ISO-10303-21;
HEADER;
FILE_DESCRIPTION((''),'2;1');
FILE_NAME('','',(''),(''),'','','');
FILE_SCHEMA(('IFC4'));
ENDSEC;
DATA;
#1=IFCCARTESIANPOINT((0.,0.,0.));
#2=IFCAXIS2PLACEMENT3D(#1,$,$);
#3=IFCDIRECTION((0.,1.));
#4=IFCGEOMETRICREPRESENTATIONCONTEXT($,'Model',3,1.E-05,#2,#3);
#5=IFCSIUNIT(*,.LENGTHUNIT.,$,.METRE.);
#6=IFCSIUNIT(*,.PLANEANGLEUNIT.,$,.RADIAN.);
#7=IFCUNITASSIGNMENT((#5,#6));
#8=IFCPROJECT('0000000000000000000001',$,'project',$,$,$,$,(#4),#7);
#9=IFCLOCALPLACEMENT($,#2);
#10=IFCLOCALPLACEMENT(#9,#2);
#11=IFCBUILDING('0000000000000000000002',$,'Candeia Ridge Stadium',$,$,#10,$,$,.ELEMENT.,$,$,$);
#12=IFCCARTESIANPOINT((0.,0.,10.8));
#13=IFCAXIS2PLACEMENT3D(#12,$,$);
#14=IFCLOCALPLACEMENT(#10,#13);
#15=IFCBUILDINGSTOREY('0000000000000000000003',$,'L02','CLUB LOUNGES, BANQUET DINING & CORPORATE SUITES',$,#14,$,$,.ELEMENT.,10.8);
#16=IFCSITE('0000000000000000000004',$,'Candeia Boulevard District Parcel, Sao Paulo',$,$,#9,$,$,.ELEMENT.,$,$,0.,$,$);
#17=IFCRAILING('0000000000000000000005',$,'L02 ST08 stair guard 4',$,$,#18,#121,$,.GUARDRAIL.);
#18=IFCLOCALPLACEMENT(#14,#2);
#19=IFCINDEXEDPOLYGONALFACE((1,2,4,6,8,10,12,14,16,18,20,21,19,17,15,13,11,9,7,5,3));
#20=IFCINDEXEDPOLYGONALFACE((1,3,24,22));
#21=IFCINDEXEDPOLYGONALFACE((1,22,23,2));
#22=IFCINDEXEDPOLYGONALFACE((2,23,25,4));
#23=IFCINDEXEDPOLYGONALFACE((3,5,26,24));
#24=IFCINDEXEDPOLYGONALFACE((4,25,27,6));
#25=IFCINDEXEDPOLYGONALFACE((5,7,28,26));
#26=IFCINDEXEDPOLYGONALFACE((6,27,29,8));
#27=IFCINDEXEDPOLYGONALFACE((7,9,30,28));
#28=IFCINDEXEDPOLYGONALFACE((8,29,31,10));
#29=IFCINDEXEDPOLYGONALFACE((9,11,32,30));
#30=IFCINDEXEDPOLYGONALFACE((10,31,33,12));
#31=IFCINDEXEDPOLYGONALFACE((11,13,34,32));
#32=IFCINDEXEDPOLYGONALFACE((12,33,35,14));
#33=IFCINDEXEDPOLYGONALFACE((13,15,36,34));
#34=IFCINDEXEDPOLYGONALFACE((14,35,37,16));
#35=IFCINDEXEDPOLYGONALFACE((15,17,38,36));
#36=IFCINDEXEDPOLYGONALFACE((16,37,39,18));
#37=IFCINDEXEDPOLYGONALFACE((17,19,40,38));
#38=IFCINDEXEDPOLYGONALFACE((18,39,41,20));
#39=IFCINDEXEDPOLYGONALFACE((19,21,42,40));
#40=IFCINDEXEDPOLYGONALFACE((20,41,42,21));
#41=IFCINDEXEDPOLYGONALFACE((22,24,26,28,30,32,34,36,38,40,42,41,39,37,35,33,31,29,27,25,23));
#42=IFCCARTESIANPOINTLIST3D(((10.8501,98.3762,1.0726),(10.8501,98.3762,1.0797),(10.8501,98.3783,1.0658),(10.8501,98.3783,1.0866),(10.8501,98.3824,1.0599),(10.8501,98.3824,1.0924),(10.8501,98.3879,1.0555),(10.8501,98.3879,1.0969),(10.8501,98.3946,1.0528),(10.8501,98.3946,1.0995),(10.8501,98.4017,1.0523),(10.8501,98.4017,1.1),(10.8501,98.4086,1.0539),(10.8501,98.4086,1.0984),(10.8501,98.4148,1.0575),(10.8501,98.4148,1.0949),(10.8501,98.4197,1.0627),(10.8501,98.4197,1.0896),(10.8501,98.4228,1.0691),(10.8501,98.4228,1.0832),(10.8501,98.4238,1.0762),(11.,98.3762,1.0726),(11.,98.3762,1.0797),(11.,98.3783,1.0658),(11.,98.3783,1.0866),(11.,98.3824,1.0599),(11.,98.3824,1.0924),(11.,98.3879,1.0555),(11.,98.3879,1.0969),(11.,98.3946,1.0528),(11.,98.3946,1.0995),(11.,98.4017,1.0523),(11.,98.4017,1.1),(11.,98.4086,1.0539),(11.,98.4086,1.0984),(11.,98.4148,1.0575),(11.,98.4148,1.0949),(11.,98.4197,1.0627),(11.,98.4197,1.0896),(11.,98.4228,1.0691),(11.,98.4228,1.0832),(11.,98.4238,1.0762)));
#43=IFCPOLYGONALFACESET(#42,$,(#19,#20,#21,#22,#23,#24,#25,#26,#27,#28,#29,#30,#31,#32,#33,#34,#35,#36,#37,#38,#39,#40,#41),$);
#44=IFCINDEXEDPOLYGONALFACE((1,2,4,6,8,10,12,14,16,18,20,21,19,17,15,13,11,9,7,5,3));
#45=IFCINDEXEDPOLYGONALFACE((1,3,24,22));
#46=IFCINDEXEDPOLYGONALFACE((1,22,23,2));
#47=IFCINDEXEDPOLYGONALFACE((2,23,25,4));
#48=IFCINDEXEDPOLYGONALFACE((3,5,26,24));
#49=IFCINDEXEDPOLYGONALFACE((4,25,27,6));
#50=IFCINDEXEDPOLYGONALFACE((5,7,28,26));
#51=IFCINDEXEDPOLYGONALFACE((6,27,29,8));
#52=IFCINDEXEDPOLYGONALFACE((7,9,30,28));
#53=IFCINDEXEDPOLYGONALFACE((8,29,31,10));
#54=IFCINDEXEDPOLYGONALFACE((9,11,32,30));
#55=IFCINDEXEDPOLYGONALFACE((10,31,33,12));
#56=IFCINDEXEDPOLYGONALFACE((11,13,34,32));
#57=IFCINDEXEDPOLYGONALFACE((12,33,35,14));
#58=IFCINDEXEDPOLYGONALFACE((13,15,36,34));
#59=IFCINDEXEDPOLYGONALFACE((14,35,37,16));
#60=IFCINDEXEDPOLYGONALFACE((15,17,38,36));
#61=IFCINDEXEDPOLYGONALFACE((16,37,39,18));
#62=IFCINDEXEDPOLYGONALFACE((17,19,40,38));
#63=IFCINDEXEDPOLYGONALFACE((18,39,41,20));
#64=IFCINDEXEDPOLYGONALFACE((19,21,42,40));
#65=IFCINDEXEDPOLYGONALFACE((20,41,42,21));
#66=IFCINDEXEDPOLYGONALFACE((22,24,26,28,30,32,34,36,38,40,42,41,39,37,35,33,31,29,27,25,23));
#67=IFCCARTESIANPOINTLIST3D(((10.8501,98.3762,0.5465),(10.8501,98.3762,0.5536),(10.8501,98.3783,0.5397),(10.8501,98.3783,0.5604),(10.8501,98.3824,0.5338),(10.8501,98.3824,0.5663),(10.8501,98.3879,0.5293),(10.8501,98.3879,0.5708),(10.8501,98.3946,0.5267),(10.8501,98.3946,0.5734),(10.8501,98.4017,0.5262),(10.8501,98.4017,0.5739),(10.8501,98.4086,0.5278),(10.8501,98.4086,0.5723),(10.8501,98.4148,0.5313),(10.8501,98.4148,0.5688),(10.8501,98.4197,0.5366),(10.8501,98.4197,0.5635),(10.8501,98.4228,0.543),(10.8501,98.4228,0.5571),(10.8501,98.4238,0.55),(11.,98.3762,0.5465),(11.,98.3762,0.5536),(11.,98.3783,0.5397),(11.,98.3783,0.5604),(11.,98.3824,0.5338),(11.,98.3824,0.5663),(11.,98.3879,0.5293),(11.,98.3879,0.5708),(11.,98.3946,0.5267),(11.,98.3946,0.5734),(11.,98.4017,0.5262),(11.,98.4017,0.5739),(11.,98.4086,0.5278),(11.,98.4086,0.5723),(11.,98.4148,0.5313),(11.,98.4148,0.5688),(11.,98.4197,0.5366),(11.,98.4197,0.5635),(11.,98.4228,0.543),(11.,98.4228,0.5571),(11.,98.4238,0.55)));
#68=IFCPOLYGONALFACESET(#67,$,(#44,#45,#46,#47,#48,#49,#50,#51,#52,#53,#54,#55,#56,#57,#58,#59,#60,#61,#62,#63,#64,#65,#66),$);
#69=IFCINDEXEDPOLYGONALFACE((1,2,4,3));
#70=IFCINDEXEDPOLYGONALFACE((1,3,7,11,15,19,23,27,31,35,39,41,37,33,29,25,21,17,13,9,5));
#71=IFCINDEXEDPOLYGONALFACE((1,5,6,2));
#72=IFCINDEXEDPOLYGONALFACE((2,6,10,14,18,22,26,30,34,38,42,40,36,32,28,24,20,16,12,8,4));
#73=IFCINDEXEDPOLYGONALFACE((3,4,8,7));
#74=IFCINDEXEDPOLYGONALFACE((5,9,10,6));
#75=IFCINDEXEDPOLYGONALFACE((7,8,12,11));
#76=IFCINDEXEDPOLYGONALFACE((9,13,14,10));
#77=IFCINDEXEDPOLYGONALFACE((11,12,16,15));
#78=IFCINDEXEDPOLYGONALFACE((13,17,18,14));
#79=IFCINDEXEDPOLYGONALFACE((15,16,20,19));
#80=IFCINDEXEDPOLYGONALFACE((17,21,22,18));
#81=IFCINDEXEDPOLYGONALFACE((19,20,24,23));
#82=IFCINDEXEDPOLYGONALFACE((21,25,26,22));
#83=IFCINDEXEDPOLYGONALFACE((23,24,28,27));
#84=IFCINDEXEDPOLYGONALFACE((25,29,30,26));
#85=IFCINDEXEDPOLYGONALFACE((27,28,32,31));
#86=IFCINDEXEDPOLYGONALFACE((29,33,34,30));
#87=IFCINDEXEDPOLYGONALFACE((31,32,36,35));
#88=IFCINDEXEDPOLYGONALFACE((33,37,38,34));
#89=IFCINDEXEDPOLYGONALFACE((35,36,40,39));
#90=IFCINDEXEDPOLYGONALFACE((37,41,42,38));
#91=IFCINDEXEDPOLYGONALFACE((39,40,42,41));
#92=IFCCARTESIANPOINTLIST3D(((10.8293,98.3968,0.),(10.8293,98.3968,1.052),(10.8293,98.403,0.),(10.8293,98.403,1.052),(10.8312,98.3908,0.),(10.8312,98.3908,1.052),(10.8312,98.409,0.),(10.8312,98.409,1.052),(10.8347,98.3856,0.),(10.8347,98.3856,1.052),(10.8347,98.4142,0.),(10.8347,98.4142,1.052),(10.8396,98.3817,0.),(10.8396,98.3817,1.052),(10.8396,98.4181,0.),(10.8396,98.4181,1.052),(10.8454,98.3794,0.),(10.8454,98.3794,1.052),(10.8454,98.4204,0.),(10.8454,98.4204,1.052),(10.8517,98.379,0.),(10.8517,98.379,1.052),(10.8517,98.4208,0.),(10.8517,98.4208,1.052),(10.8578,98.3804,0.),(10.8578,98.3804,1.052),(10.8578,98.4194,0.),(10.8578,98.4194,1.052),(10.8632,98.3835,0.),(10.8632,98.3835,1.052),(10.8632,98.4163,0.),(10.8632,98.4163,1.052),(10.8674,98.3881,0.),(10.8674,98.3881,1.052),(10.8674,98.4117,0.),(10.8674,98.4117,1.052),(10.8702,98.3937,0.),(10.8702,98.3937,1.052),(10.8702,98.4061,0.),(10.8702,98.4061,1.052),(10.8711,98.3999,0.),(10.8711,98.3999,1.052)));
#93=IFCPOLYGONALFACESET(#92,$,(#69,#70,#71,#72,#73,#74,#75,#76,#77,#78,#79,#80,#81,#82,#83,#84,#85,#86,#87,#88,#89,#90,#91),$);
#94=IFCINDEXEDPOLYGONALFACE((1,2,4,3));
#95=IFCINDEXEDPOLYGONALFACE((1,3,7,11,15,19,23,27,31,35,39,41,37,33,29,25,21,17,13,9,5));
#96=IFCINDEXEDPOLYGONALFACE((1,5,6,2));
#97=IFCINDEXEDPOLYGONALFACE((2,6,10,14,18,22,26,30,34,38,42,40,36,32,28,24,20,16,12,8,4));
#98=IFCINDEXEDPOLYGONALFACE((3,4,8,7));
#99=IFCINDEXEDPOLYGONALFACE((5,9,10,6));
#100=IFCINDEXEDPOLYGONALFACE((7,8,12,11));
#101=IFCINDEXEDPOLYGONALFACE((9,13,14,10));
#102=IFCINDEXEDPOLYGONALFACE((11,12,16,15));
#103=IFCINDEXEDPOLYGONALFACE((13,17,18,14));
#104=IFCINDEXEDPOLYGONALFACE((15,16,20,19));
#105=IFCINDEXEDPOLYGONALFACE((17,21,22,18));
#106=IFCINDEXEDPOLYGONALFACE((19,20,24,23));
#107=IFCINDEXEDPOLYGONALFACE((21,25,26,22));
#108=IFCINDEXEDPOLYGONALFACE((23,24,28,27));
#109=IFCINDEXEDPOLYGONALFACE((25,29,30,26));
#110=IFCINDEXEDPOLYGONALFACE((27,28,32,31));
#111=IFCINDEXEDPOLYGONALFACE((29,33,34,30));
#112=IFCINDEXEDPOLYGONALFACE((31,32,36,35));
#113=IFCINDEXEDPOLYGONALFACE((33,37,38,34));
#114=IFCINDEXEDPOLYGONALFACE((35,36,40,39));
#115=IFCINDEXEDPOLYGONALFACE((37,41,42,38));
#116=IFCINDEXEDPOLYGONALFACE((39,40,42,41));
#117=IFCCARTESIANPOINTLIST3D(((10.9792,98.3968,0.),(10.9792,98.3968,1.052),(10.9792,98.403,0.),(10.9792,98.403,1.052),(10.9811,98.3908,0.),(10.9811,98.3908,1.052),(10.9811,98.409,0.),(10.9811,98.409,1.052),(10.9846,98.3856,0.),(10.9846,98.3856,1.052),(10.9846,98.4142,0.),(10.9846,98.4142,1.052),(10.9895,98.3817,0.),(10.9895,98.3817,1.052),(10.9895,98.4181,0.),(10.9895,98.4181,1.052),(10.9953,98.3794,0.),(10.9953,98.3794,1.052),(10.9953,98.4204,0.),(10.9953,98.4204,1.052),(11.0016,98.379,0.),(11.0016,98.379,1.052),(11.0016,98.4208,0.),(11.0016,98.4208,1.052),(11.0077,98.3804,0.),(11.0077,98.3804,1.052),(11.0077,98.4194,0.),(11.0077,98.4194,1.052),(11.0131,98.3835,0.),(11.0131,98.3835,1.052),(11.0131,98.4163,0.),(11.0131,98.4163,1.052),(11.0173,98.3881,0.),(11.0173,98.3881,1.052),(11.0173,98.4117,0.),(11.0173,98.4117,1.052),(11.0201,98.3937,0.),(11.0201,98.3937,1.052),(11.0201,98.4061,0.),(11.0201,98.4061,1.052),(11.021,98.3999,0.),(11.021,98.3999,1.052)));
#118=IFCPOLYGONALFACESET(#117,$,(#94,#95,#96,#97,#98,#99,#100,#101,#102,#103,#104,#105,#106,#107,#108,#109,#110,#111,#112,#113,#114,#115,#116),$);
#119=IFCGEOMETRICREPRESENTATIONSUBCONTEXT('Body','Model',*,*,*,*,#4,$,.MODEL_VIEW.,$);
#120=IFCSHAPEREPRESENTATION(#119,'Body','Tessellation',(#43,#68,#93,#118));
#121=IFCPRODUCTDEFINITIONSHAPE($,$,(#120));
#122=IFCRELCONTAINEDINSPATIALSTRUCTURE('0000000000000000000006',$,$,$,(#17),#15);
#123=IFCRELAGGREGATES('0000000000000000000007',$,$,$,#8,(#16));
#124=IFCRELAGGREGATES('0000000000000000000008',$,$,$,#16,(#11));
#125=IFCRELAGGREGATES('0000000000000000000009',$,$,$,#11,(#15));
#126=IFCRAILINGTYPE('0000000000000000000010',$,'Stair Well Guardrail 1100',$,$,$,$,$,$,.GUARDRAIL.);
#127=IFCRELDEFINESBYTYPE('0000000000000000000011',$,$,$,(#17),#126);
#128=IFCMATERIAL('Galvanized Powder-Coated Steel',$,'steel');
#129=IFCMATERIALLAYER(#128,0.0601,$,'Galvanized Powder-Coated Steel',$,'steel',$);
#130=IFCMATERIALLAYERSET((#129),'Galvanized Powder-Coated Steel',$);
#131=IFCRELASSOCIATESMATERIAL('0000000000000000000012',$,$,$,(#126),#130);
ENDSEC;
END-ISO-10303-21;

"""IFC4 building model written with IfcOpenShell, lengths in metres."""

from ifc_helpers import new_model, si_unit, direction, frame, origin, origin_2d, place, context, subcontext, project, spatial, circle, extrude, material, layer, layer_set, type_object, element, save


model = new_model("IFC4")

# Units and contexts
model_context = context("Model", 3, precision=1e-05, world=origin(), true_north=direction((0.0, 1.0)))
body_context = subcontext(model_context, "Body", "Model", "MODEL_VIEW")
ifc_project = project(units=[si_unit("LENGTHUNIT", "METRE"), si_unit("PLANEANGLEUNIT", "RADIAN")], contexts=[model_context])

# Site, building, storey
site_placement = place(None, origin())
site = spatial("IfcSite", under=ifc_project, at=site_placement, Name="Candeia Boulevard District Parcel, Sao Paulo", CompositionType="ELEMENT", RefElevation=0.0)
building_placement = place(site_placement, origin())
building = spatial("IfcBuilding", under=site, at=building_placement, Name="Candeia Ridge Stadium", CompositionType="ELEMENT")
storey_placement = place(building_placement, frame((0.0, 0.0, 10.8)))
storey = spatial("IfcBuildingStorey", under=building, at=storey_placement, Name="L02", Description="CLUB LOUNGES, BANQUET DINING & CORPORATE SUITES", CompositionType="ELEMENT", Elevation=10.8)

# Railing
ifc_material_1 = material(Name="Galvanized Powder-Coated Steel", Category="steel")
ifc_layer_1 = layer(ifc_material_1, 0.0601, Name="Galvanized Powder-Coated Steel", Category="steel")
ifc_layer_set_1 = layer_set([ifc_layer_1], Name="Galvanized Powder-Coated Steel")
railing_type_1 = type_object("IfcRailingType", Name="Stair Well Guardrail 1100", PredefinedType="GUARDRAIL", material=ifc_layer_set_1)
railing_1_placement = place(storey_placement, frame((10.8501, 98.3999, 0.0)))
element("IfcRailing", 1, at=railing_1_placement, inside=storey, type_object=railing_type_1, Name="L02 ST08 stair guard 4", PredefinedType="GUARDRAIL", context=body_context, shape_type="SweptSolid", body=[
    extrude(circle(Radius=0.0239, at=origin_2d()), frame((0.0, 0.0, 1.0762), z_axis=(1.0, 0.0, 0.0), x_axis=(0.0, 1.0, 0.0)), (0.0, 0.0, 1.0), 0.1499),
    extrude(circle(Radius=0.0239, at=origin_2d()), frame((0.0, 0.0, 0.55), z_axis=(1.0, 0.0, 0.0), x_axis=(0.0, 1.0, 0.0)), (0.0, 0.0, 1.0), 0.1499),
    extrude(circle(Radius=0.021, at=origin_2d()), origin(), (0.0, 0.0, 1.0), 1.052),
    extrude(circle(Radius=0.021, at=origin_2d()), frame((0.1499, 0.0, 0.0)), (0.0, 0.0, 1.0), 1.052),
])

save(model, "model.ifc")
